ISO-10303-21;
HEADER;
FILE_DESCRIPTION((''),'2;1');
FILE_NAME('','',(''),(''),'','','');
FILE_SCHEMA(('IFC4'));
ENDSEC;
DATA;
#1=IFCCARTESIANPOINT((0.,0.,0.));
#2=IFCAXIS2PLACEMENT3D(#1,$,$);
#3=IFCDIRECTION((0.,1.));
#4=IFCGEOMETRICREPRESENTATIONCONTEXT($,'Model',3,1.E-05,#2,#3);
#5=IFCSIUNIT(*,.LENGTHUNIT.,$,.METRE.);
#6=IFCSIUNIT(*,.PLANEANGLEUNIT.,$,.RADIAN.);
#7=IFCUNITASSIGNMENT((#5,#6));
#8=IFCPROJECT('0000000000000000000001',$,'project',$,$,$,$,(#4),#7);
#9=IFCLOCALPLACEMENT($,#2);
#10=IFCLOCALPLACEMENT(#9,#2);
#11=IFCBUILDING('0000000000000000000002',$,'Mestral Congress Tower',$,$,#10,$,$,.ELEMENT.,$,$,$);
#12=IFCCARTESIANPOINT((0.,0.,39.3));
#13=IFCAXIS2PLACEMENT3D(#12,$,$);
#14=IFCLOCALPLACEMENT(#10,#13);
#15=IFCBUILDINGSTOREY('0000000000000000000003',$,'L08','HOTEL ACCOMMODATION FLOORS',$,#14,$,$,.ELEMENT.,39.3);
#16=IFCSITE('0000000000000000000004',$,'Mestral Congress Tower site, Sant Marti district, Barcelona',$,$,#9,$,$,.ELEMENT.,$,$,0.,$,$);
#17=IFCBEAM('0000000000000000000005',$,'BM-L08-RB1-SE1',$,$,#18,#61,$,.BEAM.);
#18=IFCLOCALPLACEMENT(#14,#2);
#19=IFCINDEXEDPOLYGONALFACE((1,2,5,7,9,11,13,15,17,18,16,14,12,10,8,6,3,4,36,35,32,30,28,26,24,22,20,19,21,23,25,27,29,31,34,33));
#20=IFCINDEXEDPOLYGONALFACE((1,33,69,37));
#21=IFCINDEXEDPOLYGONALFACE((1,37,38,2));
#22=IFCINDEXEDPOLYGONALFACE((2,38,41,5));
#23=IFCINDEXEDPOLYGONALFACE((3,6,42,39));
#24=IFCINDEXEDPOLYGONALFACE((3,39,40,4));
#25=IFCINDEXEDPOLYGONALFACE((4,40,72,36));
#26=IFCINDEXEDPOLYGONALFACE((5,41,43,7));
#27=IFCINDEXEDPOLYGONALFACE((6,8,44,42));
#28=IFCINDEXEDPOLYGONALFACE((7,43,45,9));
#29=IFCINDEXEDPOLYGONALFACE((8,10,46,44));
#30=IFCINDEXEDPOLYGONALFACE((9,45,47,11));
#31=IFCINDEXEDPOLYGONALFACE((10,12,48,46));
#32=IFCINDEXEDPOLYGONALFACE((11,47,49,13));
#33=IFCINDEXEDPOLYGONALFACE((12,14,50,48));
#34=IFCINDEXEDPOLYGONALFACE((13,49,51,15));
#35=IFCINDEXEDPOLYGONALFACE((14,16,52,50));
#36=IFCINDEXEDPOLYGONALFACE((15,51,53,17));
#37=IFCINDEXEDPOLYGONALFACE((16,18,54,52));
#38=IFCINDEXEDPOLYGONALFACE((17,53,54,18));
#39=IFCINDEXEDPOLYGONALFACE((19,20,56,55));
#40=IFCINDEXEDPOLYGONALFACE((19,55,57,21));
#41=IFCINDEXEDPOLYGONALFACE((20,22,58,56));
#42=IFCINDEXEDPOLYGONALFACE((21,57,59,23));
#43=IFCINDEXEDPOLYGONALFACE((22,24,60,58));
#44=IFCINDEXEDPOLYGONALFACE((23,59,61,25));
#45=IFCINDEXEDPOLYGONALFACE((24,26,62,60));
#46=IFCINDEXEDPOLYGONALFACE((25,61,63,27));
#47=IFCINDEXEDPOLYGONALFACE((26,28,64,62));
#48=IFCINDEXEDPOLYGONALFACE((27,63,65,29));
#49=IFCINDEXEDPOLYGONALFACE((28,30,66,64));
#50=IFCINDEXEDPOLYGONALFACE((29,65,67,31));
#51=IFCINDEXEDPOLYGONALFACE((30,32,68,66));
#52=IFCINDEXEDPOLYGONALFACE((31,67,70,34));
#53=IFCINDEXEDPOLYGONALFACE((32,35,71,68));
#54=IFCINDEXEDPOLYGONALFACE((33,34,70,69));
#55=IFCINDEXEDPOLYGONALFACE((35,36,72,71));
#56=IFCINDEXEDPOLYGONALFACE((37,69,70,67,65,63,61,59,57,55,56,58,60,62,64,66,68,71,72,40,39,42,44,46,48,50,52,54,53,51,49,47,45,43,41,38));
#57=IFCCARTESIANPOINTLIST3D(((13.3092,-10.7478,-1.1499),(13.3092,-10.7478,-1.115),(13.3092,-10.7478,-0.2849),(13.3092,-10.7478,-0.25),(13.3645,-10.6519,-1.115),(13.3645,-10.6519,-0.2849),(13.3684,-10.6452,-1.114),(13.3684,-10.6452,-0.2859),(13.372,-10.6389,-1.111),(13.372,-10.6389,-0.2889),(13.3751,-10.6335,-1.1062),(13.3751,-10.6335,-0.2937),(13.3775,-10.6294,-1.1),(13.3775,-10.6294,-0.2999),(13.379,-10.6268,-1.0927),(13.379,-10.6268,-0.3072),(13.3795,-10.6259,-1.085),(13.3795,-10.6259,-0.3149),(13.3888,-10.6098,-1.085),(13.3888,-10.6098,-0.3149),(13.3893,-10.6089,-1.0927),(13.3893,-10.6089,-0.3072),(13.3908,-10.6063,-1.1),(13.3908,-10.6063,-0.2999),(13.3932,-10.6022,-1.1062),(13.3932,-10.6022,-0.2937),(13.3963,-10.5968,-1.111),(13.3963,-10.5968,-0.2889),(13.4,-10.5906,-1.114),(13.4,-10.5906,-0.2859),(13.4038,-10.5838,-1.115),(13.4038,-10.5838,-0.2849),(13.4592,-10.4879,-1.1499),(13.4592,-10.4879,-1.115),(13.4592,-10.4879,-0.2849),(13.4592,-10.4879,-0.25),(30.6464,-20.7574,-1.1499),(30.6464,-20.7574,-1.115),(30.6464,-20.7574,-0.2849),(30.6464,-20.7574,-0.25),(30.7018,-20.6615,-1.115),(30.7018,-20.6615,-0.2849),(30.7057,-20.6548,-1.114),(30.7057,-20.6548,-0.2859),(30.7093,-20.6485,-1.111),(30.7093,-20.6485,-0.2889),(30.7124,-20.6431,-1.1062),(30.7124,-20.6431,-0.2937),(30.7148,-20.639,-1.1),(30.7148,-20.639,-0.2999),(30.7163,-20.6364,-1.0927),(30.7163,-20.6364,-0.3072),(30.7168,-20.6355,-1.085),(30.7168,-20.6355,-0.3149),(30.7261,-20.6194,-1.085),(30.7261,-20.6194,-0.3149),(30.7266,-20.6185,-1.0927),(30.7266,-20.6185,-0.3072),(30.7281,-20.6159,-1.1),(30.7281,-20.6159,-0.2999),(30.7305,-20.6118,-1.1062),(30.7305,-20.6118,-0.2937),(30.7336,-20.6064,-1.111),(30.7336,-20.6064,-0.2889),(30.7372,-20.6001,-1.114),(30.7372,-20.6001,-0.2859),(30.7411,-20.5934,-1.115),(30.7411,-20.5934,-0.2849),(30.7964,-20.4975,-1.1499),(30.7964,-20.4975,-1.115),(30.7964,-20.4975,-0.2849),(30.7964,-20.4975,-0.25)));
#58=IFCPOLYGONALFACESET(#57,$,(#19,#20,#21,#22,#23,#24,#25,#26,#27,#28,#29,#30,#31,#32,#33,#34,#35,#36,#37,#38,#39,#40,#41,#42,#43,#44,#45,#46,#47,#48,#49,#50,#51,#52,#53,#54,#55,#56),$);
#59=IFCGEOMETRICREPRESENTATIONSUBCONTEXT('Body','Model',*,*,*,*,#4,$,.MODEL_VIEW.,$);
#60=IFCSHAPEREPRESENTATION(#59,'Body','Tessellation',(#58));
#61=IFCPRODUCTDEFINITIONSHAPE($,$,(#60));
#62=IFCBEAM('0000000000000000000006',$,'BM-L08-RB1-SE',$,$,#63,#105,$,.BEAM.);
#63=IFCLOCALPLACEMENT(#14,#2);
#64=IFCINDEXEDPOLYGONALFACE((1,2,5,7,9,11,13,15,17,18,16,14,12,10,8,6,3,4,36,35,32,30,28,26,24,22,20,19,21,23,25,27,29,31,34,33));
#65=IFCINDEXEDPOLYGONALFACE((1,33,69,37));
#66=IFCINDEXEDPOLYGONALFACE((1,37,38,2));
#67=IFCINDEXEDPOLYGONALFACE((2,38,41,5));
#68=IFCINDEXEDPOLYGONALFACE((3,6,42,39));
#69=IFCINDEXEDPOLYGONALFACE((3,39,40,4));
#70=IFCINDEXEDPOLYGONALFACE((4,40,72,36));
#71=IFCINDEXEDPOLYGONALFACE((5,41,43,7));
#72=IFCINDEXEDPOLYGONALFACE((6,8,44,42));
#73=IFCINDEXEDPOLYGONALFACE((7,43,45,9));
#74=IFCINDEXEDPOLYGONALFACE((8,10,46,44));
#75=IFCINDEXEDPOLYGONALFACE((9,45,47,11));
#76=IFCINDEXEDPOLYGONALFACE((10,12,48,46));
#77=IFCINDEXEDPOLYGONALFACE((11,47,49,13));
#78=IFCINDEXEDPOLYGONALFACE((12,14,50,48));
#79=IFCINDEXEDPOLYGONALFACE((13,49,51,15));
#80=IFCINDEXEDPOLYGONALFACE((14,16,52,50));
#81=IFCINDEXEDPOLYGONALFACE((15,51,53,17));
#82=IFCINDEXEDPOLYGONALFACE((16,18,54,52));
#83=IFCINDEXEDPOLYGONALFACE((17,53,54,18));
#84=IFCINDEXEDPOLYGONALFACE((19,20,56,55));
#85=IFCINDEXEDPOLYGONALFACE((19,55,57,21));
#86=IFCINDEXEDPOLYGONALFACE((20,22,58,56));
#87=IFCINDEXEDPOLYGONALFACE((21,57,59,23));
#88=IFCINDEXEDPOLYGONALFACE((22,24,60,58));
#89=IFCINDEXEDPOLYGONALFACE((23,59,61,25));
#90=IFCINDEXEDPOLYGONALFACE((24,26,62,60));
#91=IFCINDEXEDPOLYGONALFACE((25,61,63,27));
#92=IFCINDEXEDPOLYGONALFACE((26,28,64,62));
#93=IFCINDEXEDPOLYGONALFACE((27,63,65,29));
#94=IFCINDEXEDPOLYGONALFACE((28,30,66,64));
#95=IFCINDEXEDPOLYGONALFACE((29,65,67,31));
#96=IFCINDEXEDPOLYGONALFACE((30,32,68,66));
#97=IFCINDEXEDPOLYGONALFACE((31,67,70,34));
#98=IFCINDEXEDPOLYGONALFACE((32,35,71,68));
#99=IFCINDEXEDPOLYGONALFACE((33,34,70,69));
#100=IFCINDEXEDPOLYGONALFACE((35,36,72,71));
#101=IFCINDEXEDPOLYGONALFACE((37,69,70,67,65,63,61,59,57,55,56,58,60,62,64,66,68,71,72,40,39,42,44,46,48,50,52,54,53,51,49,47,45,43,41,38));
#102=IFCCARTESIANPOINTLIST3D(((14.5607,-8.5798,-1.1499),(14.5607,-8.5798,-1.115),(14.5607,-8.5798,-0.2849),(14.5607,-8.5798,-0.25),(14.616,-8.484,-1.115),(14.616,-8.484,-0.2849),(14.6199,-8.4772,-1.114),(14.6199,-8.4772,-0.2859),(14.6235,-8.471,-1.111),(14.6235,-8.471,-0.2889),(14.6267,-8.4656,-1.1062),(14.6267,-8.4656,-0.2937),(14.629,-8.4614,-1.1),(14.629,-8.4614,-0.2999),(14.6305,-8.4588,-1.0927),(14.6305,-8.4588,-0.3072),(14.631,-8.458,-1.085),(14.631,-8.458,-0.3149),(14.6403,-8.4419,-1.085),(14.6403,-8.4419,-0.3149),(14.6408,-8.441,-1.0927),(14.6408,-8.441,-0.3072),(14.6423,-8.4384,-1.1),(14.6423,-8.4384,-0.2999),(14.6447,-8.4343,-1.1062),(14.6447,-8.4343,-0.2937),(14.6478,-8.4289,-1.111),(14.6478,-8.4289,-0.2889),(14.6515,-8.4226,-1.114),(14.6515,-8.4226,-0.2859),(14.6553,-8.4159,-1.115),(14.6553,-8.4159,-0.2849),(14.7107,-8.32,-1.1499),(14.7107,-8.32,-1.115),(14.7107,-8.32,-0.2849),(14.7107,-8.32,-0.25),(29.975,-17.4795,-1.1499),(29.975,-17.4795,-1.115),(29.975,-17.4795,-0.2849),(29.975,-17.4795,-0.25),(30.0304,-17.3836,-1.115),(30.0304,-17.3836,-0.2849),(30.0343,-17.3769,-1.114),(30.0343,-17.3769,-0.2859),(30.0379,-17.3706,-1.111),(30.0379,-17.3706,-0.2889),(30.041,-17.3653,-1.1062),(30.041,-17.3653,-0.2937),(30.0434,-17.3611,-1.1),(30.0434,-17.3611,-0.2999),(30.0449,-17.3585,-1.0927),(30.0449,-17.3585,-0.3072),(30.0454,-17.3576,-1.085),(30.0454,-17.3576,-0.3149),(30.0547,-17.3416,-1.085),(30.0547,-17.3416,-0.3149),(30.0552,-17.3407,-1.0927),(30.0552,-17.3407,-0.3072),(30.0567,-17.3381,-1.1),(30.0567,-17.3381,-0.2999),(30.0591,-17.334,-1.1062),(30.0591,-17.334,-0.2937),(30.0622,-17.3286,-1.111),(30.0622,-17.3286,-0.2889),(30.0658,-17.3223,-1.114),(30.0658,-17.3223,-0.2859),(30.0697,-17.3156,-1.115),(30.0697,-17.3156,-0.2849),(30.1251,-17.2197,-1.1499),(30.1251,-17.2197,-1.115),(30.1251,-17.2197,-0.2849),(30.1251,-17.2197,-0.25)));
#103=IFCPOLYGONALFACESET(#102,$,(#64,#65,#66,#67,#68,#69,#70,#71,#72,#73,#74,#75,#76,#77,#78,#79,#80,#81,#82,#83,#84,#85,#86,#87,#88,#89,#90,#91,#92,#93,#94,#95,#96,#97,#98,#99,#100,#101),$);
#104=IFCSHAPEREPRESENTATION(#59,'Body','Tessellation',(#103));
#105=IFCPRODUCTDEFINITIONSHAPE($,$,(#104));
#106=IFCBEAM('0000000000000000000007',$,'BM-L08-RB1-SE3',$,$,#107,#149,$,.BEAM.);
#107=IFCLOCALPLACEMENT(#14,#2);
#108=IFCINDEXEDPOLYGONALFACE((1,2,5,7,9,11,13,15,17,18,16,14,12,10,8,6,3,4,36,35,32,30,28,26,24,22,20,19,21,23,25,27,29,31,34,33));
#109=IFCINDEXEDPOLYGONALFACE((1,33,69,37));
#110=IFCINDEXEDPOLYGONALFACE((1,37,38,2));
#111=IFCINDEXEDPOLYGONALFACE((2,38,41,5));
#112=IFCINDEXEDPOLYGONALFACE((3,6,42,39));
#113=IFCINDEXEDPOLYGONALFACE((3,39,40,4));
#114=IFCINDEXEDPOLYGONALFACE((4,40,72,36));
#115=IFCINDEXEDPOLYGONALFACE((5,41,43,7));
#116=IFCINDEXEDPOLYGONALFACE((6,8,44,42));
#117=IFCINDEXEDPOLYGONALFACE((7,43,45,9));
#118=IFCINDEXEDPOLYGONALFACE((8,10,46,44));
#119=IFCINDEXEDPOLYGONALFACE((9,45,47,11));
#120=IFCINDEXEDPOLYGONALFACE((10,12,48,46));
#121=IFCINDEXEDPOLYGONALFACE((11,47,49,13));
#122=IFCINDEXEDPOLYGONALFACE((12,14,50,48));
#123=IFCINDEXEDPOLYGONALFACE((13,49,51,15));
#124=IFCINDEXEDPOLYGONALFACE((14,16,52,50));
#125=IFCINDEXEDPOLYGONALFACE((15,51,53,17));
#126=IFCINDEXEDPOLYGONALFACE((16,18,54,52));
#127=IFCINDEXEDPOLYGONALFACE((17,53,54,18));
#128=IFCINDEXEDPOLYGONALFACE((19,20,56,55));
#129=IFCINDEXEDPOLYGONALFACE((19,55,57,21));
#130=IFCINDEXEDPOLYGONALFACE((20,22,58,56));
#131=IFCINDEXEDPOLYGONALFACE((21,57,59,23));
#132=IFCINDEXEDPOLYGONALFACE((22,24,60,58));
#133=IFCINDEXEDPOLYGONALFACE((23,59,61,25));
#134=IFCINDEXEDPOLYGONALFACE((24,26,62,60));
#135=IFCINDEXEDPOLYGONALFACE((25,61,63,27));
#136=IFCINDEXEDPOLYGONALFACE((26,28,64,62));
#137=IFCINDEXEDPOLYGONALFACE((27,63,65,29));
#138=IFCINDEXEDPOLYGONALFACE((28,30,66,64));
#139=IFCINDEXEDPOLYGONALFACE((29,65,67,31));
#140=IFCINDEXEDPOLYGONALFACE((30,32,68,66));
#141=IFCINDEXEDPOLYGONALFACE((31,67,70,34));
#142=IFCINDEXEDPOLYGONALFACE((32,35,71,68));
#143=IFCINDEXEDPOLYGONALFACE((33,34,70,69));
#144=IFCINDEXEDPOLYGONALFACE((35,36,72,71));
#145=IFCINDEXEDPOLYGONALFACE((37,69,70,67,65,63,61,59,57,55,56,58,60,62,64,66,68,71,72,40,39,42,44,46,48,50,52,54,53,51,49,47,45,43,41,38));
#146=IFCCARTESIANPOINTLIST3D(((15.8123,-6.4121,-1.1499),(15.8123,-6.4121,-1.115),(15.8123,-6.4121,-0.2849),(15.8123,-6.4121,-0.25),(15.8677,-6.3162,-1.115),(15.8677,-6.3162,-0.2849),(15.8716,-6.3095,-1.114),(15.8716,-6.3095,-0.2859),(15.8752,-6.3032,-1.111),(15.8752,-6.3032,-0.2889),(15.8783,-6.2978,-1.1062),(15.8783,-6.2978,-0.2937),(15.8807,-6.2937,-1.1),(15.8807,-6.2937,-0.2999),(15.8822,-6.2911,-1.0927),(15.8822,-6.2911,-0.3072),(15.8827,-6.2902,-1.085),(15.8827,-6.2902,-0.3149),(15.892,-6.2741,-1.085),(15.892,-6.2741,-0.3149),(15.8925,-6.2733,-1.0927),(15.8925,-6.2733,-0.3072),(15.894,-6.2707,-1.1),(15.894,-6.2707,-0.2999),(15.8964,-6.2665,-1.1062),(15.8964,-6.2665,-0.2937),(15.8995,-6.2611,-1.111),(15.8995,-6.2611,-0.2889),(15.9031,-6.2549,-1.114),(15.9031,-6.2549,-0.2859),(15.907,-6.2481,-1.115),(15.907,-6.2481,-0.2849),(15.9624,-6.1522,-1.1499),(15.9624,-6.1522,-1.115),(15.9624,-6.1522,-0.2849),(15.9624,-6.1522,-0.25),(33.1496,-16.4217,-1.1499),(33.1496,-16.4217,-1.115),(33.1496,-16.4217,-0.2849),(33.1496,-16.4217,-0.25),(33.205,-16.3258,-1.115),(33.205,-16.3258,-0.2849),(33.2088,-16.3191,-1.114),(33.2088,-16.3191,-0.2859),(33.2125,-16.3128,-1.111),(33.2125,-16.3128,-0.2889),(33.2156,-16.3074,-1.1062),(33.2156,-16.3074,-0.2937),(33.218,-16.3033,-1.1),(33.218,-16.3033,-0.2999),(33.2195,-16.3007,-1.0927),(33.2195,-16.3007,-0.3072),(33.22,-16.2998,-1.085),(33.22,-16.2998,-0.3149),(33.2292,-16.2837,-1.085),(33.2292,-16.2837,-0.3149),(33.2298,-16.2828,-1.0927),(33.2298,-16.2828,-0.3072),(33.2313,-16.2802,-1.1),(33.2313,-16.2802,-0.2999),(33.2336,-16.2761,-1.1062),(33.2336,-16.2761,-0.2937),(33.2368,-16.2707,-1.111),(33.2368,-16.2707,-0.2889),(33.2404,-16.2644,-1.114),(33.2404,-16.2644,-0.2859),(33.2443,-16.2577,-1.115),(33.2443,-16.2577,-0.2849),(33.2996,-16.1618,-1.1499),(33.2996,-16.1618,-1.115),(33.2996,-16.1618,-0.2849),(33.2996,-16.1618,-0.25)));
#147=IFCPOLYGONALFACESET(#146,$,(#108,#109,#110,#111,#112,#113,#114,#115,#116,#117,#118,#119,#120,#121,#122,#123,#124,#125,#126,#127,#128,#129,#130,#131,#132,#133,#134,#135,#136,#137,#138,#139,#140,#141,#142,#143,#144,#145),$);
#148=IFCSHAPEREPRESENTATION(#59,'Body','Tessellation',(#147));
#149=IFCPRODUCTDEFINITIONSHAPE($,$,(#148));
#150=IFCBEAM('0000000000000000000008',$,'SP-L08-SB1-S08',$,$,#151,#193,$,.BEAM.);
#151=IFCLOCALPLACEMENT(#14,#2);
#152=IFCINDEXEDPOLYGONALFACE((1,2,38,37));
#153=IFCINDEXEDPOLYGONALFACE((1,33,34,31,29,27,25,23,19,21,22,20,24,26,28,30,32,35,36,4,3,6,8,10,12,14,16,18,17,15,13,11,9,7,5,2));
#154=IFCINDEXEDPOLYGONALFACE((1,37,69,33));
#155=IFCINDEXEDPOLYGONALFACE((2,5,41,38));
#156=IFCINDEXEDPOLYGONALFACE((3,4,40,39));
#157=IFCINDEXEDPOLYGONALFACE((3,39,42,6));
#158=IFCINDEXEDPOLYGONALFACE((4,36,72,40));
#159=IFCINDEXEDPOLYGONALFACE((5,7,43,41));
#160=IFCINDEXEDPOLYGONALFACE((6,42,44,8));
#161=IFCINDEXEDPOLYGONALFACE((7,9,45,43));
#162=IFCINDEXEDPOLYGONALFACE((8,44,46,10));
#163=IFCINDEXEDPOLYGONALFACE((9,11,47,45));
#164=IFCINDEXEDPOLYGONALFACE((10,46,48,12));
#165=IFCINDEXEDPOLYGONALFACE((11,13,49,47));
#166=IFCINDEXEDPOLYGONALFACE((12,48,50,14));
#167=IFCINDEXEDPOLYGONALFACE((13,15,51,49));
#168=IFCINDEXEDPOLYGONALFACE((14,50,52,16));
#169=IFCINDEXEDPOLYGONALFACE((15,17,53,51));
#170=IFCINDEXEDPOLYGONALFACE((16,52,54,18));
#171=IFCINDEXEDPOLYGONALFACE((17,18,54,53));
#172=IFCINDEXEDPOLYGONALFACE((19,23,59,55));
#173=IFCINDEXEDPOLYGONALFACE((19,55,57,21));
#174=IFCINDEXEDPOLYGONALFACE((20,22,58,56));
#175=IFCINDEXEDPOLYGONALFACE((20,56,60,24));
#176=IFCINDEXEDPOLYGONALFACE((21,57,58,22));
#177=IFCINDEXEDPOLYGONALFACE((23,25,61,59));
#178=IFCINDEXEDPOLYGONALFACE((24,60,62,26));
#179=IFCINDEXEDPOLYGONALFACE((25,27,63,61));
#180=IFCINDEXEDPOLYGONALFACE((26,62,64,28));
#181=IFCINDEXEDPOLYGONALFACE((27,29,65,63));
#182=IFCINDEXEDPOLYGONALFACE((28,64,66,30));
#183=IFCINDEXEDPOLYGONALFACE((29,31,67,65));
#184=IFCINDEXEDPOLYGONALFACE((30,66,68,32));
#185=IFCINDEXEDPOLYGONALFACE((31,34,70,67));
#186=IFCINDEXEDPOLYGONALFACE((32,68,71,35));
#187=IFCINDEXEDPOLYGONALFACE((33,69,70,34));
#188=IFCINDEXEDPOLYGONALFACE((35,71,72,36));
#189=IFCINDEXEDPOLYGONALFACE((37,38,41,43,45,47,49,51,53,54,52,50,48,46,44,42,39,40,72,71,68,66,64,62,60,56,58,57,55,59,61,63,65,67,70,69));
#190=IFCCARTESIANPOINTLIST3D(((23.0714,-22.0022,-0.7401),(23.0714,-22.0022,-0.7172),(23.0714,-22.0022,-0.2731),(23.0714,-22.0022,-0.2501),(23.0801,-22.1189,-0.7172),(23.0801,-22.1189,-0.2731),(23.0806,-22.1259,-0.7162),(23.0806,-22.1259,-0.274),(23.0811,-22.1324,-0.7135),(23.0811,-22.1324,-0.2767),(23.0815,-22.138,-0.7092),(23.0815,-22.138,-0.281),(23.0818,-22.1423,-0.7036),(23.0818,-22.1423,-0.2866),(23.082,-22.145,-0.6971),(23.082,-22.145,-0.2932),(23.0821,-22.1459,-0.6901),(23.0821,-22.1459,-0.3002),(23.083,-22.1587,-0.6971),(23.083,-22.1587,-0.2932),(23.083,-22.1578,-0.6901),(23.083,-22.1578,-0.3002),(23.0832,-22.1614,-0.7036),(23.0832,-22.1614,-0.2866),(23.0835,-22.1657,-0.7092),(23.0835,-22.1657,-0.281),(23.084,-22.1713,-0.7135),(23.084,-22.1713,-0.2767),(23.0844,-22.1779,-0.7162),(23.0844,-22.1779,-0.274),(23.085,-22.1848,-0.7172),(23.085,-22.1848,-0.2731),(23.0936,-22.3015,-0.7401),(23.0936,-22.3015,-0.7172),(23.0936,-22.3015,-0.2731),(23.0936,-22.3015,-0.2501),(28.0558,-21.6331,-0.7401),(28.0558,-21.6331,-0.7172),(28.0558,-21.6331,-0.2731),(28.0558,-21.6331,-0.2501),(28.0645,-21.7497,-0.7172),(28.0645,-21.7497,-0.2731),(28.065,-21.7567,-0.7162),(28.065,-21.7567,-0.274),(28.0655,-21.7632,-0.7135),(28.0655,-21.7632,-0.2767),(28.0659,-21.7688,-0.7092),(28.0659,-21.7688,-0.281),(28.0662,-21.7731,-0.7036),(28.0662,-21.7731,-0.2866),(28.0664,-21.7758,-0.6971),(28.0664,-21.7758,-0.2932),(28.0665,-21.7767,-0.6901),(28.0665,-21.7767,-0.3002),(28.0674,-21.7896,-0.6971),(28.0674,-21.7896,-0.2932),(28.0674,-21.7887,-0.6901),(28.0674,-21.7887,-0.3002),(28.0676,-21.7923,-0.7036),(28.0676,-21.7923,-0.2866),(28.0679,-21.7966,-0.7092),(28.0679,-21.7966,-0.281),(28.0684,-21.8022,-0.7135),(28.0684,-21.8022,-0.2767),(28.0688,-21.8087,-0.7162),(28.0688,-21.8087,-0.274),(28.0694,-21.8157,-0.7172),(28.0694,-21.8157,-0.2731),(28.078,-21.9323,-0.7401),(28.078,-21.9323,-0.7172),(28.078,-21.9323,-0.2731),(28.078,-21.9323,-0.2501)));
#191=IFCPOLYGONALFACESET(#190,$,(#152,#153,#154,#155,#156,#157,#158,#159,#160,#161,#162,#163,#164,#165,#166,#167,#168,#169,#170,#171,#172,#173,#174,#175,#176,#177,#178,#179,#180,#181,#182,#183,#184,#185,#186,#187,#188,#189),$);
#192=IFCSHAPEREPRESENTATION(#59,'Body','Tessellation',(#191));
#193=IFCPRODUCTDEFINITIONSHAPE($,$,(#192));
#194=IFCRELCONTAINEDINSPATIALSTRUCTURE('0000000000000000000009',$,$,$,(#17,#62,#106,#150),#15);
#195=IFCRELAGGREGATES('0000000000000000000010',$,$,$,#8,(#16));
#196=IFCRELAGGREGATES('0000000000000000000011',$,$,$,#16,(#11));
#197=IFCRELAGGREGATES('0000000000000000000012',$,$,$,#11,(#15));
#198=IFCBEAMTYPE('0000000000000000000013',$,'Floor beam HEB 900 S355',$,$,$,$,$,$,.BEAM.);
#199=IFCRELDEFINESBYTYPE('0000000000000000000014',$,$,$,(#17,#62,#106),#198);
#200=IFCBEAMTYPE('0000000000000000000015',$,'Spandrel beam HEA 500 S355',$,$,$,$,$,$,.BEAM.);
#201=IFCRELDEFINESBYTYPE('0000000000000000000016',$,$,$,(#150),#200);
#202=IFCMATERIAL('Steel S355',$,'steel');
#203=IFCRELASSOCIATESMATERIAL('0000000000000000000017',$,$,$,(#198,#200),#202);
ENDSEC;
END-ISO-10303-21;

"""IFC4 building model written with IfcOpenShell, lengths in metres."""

from ifc_helpers import new_model, si_unit, direction, frame, origin, origin_2d, place, context, subcontext, project, spatial, i_section, extrude, material, material_profile, profile_set, type_object, element, save


model = new_model("IFC4")

# Units and contexts
model_context = context("Model", 3, precision=1e-05, world=origin(), true_north=direction((0.0, 1.0)))
body_context = subcontext(model_context, "Body", "Model", "MODEL_VIEW")
ifc_project = project(units=[si_unit("LENGTHUNIT", "METRE"), si_unit("PLANEANGLEUNIT", "RADIAN")], contexts=[model_context])

# Site, building, storey
site_placement = place(None, origin())
site = spatial("IfcSite", under=ifc_project, at=site_placement, Name="Mestral Congress Tower site, Sant Marti district, Barcelona", CompositionType="ELEMENT", RefElevation=0.0)
building_placement = place(site_placement, origin())
building = spatial("IfcBuilding", under=site, at=building_placement, Name="Mestral Congress Tower", CompositionType="ELEMENT")
storey_placement = place(building_placement, frame((0.0, 0.0, 39.3)))
storey = spatial("IfcBuildingStorey", under=building, at=storey_placement, Name="L08", Description="HOTEL ACCOMMODATION FLOORS", CompositionType="ELEMENT", Elevation=39.3)

# Beams
ifc_material_1 = material(Name="Steel S355", Category="steel")
ifc_material_profile_1 = material_profile(ifc_material_1, i_section(OverallWidth=0.3, OverallDepth=0.8999, WebThickness=0.0186, FlangeThickness=0.0349, FilletRadius=0.03, at=origin_2d()), Name="HEB 900")
ifc_profile_set_1 = profile_set([ifc_material_profile_1], Name="Steel S355")
beam_type_1 = type_object("IfcBeamType", Name="Floor beam HEB 900 S355", PredefinedType="BEAM", material=ifc_profile_set_1)
beam_1_placement = place(storey_placement, frame((30.7214, -20.6274, -0.7), z_axis=(-0.866027, 0.499997, 0.0), x_axis=(-0.499997, -0.866027, 0.0)))
element("IfcBeam", 1, at=beam_1_placement, inside=storey, type_object=beam_type_1, Name="BM-L08-RB1-SE1", PredefinedType="BEAM", context=body_context, shape_type="SweptSolid", body=[
    extrude(i_section(OverallWidth=0.3, OverallDepth=0.8999, WebThickness=0.0186, FlangeThickness=0.0349, FilletRadius=0.03, at=origin_2d()), origin(), (0.0, 0.0, 1.0), 20.0193),
])
beam_2_placement = place(storey_placement, frame((30.05, -17.3496, -0.7), z_axis=(-0.86602, 0.500009, 0.0), x_axis=(-0.500009, -0.86602, 0.0)))
element("IfcBeam", 2, at=beam_2_placement, inside=storey, type_object=beam_type_1, Name="BM-L08-RB1-SE", PredefinedType="BEAM", context=body_context, shape_type="SweptSolid", body=[
    extrude(i_section(OverallWidth=0.3, OverallDepth=0.8999, WebThickness=0.0186, FlangeThickness=0.0349, FilletRadius=0.03, at=origin_2d()), origin(), (0.0, 0.0, 1.0), 17.7991),
])
beam_3_placement = place(storey_placement, frame((33.2246, -16.2917, -0.7), z_axis=(-0.866027, 0.499997, 0.0), x_axis=(-0.499997, -0.866027, 0.0)))
element("IfcBeam", 3, at=beam_3_placement, inside=storey, type_object=beam_type_1, Name="BM-L08-RB1-SE3", PredefinedType="BEAM", context=body_context, shape_type="SweptSolid", body=[
    extrude(i_section(OverallWidth=0.3, OverallDepth=0.8999, WebThickness=0.0186, FlangeThickness=0.0349, FilletRadius=0.03, at=origin_2d()), origin(), (0.0, 0.0, 1.0), 20.0193),
])
ifc_material_profile_2 = material_profile(ifc_material_1, i_section(OverallWidth=0.3, OverallDepth=0.49, WebThickness=0.012, FlangeThickness=0.0229, FilletRadius=0.0271, at=origin_2d()), Name="HEA 500")
ifc_profile_set_2 = profile_set([ifc_material_profile_2], Name="Steel S355")
beam_type_2 = type_object("IfcBeamType", Name="Spandrel beam HEA 500 S355", PredefinedType="BEAM", material=ifc_profile_set_2)
beam_4_placement = place(storey_placement, frame((23.0825, -22.1519, -0.4951), z_axis=(0.997269, 0.073857, 0.0), x_axis=(-0.073857, 0.997269, 0.0)))
element("IfcBeam", 4, at=beam_4_placement, inside=storey, type_object=beam_type_2, Name="SP-L08-SB1-S08", PredefinedType="BEAM", context=body_context, shape_type="SweptSolid", body=[
    extrude(i_section(OverallWidth=0.3, OverallDepth=0.49, WebThickness=0.012, FlangeThickness=0.0229, FilletRadius=0.0271, at=origin_2d()), origin(), (0.0, 0.0, 1.0), 4.998),
])

save(model, "model.ifc")
